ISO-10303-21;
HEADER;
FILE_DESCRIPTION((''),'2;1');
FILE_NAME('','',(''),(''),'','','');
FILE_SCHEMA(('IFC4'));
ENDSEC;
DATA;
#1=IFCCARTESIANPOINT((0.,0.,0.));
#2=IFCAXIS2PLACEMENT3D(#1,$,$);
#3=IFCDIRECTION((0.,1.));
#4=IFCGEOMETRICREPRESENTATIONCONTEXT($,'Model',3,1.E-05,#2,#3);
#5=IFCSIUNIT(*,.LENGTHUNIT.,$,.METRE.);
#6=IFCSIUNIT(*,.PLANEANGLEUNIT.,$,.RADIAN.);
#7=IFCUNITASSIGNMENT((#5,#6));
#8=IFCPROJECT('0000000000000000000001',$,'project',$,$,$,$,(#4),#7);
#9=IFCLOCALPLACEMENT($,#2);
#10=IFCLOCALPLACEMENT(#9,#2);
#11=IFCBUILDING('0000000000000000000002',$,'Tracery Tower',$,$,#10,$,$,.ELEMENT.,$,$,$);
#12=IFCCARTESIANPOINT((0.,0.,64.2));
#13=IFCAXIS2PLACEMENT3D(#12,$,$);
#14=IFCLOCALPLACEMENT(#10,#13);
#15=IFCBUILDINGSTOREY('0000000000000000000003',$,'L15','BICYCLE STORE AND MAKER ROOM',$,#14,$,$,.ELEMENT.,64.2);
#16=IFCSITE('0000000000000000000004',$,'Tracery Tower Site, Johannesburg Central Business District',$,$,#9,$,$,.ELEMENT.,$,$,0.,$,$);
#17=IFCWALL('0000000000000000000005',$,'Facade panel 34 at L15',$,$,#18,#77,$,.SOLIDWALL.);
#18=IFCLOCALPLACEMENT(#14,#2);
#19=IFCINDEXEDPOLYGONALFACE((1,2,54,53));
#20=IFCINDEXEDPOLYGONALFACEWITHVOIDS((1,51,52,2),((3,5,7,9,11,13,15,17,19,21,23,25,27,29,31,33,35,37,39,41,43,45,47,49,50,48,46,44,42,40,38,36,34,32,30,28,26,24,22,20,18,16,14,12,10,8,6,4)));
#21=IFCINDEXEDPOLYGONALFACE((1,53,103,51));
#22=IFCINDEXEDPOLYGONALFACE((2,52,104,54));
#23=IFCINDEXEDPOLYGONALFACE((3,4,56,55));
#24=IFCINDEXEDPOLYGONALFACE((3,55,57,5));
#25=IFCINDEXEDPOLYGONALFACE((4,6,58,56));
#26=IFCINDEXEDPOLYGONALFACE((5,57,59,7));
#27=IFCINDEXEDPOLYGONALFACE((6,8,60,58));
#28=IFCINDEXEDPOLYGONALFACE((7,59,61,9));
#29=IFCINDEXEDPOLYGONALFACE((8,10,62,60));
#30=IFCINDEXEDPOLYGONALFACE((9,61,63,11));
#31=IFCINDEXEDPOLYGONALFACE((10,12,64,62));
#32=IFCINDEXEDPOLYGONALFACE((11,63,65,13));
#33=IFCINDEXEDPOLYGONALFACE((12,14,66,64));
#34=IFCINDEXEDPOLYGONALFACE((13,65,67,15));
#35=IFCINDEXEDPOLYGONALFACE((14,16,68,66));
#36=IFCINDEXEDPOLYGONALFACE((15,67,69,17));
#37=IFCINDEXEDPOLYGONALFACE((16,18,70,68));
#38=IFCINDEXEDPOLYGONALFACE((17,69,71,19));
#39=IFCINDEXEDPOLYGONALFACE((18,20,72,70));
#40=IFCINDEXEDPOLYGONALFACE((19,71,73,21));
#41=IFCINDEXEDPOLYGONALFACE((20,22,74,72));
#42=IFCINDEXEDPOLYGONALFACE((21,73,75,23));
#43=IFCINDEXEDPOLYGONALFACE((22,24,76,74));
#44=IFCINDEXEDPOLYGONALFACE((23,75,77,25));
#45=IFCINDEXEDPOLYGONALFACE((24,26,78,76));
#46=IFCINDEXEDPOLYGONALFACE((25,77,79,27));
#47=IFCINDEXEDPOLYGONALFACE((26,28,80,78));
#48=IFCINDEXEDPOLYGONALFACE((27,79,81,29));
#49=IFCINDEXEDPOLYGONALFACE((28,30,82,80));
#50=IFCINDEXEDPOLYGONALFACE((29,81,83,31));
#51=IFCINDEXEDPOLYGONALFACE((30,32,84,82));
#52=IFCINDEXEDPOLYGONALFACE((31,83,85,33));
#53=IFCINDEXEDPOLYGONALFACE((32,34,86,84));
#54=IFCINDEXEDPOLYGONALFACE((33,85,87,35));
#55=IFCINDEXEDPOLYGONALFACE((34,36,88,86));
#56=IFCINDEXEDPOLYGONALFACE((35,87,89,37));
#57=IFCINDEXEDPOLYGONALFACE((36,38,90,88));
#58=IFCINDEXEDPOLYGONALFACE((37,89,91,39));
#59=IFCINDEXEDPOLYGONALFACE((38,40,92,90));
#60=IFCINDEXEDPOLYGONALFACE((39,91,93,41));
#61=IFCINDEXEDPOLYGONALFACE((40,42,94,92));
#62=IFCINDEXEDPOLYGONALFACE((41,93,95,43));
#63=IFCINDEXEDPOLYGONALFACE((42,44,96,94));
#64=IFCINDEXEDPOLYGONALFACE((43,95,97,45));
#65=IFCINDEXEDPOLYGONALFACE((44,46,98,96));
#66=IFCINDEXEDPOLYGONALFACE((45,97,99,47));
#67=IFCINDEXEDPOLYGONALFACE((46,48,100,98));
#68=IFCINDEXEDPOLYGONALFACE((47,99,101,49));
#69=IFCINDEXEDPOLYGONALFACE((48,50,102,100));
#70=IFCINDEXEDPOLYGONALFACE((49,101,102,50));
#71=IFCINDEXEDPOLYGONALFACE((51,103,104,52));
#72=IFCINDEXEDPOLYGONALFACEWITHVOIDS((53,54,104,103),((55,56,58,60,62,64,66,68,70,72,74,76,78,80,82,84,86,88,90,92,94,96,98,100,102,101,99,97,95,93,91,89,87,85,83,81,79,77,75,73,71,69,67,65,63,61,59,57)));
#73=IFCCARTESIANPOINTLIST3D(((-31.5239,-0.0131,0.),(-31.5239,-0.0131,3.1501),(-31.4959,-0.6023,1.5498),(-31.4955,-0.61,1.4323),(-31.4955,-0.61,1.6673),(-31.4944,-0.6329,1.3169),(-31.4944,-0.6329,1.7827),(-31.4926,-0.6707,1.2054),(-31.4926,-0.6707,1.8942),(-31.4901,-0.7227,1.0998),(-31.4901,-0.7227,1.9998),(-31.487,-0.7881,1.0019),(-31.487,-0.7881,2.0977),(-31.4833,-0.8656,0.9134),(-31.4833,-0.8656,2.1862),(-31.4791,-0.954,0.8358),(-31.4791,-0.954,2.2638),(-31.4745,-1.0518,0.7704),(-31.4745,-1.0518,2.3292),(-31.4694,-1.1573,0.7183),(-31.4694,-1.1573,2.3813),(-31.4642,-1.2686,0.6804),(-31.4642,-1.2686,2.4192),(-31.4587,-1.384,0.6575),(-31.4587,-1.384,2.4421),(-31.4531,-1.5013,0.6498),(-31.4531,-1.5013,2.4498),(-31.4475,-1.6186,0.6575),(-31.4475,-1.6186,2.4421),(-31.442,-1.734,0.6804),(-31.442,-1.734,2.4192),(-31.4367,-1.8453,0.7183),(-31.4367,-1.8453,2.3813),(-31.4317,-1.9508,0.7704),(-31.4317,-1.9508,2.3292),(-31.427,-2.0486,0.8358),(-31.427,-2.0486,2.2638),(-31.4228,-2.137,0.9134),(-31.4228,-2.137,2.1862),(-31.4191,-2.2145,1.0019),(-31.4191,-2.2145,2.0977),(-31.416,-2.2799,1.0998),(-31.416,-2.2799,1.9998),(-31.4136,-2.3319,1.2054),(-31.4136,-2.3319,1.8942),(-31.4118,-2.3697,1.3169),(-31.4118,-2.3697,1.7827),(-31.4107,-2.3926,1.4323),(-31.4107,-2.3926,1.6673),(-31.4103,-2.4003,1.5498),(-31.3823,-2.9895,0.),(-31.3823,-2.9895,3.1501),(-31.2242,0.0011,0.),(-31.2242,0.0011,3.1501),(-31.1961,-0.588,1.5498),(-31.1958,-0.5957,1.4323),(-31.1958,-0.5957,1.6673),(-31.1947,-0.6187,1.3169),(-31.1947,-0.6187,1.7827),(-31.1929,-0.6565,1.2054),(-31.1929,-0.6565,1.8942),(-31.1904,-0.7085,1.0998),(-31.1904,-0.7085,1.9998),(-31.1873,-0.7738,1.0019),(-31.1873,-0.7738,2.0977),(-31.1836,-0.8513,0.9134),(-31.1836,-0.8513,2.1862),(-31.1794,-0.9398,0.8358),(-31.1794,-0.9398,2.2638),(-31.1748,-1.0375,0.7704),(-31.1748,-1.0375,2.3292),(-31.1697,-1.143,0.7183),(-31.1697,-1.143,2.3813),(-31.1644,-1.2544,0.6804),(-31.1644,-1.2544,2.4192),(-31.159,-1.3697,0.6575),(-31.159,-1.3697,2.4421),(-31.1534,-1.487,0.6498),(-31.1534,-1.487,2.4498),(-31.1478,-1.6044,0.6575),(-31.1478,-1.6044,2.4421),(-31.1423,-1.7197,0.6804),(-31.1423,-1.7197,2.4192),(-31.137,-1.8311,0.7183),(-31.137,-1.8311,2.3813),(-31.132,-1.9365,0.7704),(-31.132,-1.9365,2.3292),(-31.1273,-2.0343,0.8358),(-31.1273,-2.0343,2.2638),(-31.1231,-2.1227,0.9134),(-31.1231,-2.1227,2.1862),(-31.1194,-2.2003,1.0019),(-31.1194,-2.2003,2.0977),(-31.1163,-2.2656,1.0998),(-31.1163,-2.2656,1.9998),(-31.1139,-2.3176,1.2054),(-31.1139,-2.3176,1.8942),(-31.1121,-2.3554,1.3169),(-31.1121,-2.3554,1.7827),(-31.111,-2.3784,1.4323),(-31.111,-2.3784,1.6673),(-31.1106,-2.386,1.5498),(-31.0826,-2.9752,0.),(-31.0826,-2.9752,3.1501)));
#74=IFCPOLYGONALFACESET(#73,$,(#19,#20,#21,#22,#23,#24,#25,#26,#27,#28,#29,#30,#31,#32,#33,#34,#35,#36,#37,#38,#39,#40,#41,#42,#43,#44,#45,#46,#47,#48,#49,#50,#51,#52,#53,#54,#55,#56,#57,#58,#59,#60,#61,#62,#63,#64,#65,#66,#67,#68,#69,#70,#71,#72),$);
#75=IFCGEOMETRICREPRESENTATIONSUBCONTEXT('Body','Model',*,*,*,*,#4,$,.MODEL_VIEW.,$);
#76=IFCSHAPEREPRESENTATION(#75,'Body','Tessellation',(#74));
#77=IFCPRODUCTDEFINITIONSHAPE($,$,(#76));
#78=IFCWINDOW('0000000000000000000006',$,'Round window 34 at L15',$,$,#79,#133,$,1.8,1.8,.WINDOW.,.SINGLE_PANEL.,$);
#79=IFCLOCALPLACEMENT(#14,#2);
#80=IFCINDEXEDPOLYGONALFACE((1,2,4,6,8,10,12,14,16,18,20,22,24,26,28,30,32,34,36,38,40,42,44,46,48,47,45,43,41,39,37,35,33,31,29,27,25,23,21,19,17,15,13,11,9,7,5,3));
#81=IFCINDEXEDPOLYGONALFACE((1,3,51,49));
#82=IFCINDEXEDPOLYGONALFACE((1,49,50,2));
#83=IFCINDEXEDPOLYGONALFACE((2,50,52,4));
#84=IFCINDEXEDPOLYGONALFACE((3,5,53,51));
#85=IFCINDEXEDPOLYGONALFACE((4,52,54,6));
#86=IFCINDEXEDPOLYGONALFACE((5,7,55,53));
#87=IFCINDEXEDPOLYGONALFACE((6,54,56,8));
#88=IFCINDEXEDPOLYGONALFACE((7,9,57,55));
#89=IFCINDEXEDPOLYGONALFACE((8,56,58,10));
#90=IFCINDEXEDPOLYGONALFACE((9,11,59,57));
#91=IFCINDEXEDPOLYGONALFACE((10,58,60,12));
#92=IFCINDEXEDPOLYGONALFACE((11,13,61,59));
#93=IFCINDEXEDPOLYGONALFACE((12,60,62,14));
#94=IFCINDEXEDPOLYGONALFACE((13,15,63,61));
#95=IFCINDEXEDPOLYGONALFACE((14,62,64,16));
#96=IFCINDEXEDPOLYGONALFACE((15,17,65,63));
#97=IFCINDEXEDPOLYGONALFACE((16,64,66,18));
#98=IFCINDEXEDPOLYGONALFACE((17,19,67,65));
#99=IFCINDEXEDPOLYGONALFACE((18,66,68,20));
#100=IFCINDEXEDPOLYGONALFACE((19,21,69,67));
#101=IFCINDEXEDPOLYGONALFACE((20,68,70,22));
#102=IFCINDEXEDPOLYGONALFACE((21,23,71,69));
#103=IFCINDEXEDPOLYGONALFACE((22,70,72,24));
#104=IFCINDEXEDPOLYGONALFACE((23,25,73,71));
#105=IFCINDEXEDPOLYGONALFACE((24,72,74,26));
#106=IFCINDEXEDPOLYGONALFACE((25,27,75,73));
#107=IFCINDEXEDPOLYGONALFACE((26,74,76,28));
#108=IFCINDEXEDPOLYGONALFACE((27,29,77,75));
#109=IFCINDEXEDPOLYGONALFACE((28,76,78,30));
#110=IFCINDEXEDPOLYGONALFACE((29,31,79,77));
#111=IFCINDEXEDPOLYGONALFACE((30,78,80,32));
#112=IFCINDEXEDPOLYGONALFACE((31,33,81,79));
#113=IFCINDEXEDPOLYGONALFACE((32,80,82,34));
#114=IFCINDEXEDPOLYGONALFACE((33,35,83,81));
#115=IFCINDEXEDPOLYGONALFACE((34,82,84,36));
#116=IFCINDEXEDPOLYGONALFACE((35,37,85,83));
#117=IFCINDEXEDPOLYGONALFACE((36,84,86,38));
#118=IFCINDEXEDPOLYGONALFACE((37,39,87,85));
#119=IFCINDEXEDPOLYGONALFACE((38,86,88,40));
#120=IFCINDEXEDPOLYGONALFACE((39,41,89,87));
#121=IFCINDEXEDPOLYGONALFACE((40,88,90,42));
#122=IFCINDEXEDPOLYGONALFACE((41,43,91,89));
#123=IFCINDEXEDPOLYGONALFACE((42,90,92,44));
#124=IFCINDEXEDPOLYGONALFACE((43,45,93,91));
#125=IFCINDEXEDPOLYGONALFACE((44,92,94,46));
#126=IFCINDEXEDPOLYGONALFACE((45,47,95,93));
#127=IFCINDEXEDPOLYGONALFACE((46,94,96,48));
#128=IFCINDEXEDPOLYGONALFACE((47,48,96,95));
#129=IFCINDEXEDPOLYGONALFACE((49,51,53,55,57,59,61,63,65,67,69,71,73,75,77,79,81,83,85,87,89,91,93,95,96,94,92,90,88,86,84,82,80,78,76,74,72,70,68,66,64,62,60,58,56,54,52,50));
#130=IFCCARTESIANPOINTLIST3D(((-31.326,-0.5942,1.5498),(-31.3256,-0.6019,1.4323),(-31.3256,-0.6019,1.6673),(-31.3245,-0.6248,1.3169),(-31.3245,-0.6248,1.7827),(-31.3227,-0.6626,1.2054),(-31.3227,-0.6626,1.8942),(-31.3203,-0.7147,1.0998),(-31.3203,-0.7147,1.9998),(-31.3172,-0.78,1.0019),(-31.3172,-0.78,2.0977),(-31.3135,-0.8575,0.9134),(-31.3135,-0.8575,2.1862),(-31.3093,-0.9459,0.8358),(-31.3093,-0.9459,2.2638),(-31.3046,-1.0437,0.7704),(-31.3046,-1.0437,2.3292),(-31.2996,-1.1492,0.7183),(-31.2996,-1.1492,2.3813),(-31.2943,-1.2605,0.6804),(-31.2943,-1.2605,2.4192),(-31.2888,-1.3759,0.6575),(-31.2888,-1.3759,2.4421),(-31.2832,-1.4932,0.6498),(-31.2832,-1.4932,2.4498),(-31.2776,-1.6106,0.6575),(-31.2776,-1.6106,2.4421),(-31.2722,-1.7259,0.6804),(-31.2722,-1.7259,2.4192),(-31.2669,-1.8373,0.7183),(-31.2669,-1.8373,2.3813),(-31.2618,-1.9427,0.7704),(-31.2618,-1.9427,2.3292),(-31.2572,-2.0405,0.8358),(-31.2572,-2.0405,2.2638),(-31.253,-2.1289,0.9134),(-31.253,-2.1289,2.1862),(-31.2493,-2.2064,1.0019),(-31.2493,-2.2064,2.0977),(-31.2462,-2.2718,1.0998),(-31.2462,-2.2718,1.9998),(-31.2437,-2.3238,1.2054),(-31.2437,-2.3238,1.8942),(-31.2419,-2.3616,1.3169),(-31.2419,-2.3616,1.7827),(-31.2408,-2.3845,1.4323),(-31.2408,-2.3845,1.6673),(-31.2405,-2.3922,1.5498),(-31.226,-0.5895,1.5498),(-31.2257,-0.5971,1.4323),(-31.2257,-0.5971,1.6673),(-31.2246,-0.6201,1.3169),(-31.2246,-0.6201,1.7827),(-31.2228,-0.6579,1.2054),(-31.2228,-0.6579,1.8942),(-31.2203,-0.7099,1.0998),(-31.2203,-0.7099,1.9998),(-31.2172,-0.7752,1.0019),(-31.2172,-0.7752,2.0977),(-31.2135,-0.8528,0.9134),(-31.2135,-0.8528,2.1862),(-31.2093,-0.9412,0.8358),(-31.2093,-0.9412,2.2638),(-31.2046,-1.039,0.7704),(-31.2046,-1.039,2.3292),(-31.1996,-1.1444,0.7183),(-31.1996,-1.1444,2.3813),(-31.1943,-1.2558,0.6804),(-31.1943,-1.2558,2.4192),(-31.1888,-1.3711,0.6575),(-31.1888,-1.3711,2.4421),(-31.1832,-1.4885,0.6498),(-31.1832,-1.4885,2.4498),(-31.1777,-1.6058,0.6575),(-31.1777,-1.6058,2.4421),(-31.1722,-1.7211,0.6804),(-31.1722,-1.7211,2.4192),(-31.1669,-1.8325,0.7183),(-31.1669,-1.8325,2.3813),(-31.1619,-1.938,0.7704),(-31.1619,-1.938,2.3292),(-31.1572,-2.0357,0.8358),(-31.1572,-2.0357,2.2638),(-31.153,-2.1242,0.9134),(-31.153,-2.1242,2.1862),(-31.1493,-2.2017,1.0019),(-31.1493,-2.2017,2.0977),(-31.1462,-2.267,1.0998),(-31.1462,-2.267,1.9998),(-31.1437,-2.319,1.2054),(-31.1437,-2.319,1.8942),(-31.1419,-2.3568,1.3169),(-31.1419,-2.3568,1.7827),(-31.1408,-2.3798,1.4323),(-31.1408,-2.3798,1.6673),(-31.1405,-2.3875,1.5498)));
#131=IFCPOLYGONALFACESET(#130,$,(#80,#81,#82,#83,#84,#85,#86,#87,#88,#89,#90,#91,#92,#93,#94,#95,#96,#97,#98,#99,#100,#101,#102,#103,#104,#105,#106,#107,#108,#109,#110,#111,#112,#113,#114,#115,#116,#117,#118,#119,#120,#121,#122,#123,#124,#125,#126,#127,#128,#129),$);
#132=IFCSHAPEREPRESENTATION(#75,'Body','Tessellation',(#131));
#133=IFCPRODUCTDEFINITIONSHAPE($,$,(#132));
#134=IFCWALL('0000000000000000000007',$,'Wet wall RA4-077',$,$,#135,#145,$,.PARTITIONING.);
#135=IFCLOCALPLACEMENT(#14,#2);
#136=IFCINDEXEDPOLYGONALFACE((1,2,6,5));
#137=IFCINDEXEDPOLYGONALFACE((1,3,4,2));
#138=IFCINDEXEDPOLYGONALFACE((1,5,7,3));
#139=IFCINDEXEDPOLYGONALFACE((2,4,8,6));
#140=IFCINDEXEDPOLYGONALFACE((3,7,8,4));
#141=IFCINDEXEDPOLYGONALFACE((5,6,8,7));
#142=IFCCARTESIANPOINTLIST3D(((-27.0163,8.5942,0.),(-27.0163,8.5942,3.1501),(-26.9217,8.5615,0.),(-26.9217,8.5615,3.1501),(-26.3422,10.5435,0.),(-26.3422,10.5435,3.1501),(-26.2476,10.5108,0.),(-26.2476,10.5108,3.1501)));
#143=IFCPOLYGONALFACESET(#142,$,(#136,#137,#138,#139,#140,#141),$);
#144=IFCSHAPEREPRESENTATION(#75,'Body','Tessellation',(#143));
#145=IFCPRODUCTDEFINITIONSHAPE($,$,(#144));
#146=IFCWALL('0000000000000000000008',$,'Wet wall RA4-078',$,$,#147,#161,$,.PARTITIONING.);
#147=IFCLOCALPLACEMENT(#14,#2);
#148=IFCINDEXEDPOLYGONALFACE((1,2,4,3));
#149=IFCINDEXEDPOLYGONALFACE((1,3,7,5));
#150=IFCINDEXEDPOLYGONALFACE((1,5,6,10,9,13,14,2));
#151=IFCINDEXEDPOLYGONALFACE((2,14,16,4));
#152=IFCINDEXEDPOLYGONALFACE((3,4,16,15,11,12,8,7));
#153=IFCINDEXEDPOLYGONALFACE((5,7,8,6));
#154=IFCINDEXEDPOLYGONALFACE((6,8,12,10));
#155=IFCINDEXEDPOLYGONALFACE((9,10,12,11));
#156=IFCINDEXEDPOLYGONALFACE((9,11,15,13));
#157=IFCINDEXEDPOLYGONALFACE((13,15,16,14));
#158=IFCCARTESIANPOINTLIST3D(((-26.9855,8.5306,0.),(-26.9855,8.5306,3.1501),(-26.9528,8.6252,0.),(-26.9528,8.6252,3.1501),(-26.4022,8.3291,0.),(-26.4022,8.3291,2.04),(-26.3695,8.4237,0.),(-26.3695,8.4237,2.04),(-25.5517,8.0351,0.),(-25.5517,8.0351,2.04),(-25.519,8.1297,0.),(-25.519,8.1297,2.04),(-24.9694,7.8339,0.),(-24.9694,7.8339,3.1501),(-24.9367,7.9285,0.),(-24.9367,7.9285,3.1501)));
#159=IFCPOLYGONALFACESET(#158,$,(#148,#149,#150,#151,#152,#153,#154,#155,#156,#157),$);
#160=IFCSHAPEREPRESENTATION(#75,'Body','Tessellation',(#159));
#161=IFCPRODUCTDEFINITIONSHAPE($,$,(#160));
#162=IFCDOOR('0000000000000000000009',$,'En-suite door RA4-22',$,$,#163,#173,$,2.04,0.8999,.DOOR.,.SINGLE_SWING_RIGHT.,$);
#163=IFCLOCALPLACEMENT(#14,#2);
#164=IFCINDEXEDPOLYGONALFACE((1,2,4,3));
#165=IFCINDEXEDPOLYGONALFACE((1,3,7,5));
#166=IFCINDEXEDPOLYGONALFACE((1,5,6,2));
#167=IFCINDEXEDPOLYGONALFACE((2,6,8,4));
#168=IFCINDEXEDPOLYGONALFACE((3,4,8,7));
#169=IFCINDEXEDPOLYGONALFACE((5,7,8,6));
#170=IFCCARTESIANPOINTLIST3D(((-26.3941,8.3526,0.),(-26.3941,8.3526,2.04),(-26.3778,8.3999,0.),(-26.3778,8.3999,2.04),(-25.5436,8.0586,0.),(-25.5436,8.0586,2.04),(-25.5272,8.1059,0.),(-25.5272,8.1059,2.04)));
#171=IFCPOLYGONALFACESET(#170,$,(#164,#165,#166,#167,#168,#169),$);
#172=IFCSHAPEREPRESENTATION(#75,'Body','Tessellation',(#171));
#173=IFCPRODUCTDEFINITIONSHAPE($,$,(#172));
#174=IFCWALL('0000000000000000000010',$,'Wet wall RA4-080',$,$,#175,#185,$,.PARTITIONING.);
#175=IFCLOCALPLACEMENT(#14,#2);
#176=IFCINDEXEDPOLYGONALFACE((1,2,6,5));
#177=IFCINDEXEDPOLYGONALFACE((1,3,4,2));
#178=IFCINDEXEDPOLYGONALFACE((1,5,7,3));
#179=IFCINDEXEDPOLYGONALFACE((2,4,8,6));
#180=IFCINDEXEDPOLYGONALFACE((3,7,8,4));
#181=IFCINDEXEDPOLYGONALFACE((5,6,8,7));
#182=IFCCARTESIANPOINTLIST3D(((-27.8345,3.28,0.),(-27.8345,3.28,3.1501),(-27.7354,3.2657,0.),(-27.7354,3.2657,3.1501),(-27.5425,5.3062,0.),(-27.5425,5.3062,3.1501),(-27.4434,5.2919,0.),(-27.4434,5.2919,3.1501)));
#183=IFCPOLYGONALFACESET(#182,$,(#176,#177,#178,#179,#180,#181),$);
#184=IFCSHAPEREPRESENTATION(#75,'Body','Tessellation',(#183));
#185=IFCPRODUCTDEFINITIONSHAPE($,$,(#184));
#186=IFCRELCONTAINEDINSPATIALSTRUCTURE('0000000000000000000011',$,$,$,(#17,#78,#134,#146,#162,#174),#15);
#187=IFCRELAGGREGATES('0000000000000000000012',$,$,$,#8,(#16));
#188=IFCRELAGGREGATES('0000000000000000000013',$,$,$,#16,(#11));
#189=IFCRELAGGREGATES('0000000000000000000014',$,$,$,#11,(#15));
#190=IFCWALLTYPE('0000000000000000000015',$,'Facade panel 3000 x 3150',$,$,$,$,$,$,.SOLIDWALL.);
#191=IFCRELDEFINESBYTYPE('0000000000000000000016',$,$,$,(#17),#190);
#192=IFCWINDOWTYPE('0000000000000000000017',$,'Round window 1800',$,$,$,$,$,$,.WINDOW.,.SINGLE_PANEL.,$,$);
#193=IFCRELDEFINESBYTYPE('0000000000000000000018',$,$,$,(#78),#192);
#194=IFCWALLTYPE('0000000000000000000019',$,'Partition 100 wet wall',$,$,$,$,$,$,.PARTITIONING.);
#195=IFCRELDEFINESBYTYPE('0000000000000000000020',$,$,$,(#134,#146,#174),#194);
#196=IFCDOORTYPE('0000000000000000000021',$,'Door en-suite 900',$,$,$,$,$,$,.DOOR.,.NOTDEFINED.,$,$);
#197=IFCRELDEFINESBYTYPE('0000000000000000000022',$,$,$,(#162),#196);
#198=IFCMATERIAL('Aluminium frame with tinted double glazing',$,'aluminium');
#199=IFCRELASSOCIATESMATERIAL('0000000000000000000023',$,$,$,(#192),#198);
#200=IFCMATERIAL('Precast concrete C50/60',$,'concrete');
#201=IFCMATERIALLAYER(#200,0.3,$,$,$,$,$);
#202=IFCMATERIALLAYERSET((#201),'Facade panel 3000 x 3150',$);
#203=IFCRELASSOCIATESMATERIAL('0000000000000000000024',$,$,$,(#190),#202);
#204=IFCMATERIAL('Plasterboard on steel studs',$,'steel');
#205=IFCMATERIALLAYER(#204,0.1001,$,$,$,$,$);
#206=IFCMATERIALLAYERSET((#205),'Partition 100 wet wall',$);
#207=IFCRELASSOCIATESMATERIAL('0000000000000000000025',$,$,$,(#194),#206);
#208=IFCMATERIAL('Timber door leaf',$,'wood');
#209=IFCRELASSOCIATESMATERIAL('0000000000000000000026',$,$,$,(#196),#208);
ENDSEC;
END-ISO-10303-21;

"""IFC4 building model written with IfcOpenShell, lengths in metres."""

from ifc_helpers import new_model, si_unit, direction, frame, frame_2d, origin, origin_2d, place, context, subcontext, project, spatial, rectangle, circle, extrude, material, layer, layer_set, type_object, element, fill, save


model = new_model("IFC4")

# Units and contexts
model_context = context("Model", 3, precision=1e-05, world=origin(), true_north=direction((0.0, 1.0)))
body_context = subcontext(model_context, "Body", "Model", "MODEL_VIEW")
ifc_project = project(units=[si_unit("LENGTHUNIT", "METRE"), si_unit("PLANEANGLEUNIT", "RADIAN")], contexts=[model_context])

# Site, building, storey
site_placement = place(None, origin())
site = spatial("IfcSite", under=ifc_project, at=site_placement, Name="Tracery Tower Site, Johannesburg Central Business District", CompositionType="ELEMENT", RefElevation=0.0)
building_placement = place(site_placement, origin())
building = spatial("IfcBuilding", under=site, at=building_placement, Name="Tracery Tower", CompositionType="ELEMENT")
storey_placement = place(building_placement, frame((0.0, 0.0, 64.2)))
storey = spatial("IfcBuildingStorey", under=building, at=storey_placement, Name="L15", Description="BICYCLE STORE AND MAKER ROOM", CompositionType="ELEMENT", Elevation=64.2)

# Wall, opening, window
ifc_material_1 = material(Name="Aluminium frame with tinted double glazing", Category="aluminium")
window_type = type_object("IfcWindowType", Name="Round window 1800", PartitioningType="SINGLE_PANEL", PredefinedType="WINDOW", material=ifc_material_1)
ifc_material_2 = material(Name="Precast concrete C50/60", Category="concrete")
ifc_layer_1 = layer(ifc_material_2, 0.3)
ifc_layer_set_1 = layer_set([ifc_layer_1], Name="Facade panel 3000 x 3150")
wall_type_1 = type_object("IfcWallType", Name="Facade panel 3000 x 3150", PredefinedType="SOLIDWALL", material=ifc_layer_set_1)
wall_1_placement = place(storey_placement, frame((-31.374, -0.0061, 0.0), z_axis=(0.0, 0.0, 1.0), x_axis=(0.047522, -0.99887, 0.0)))
wall_1 = element("IfcWall", 1, at=wall_1_placement, inside=storey, type_object=wall_type_1, Name="Facade panel 34 at L15", PredefinedType="SOLIDWALL", context=body_context, shape_type="SweptSolid", body=[
    extrude(rectangle(XDim=2.9797, YDim=0.3, at=frame_2d((1.4897, 0.0))), origin(), (0.0, 0.0, 1.0), 3.1501),
])
opening_1_placement = place(wall_1_placement, frame((1.4897, 0.0, 1.5498)))
opening_1 = element("IfcOpeningElement", 2, at=opening_1_placement, cuts=wall_1, PredefinedType="OPENING", context=body_context, shape_type="SweptSolid", body=[
    extrude(circle(Radius=0.9, at=origin_2d()), frame((0.0, 0.1599, 0.0), z_axis=(0.0, -1.0, 0.0), x_axis=(1.0, 0.0, 0.0)), (0.0, 0.0, 1.0), 0.3201),
])
window_1_placement = place(opening_1_placement, origin())
window_1 = element("IfcWindow", 3, at=window_1_placement, inside=storey, type_object=window_type, Name="Round window 34 at L15", OverallHeight=1.8, OverallWidth=1.8, PartitioningType="SINGLE_PANEL", PredefinedType="WINDOW", context=body_context, shape_type="SweptSolid", body=[
    extrude(circle(Radius=0.9, at=origin_2d()), frame((0.0, 0.1201, 0.0), z_axis=(0.0, -1.0, 0.0), x_axis=(1.0, 0.0, 0.0)), (0.0, 0.0, 1.0), 0.1001),
])
fill(opening_1, window_1)

# Wall
ifc_material_3 = material(Name="Plasterboard on steel studs", Category="steel")
ifc_layer_2 = layer(ifc_material_3, 0.1001)
ifc_layer_set_2 = layer_set([ifc_layer_2], Name="Partition 100 wet wall")
wall_type_2 = type_object("IfcWallType", Name="Partition 100 wet wall", PredefinedType="PARTITIONING", material=ifc_layer_set_2)
wall_2_placement = place(storey_placement, frame((-26.969, 8.5779, 0.0), z_axis=(0.0, 0.0, 1.0), x_axis=(0.326826, 0.945085, 0.0)))
element("IfcWall", 4, at=wall_2_placement, inside=storey, type_object=wall_type_2, Name="Wet wall RA4-077", PredefinedType="PARTITIONING", context=body_context, shape_type="SweptSolid", body=[
    extrude(rectangle(XDim=2.0625, YDim=0.1001, at=frame_2d((1.0312, 0.0))), origin(), (0.0, 0.0, 1.0), 3.1501),
])

# Wall, opening, door
wall_3_placement = place(storey_placement, frame((-26.969, 8.5779, 0.0), z_axis=(0.0, 0.0, 1.0), x_axis=(0.945147, -0.326647, 0.0)))
wall_3 = element("IfcWall", 5, at=wall_3_placement, inside=storey, type_object=wall_type_2, Name="Wet wall RA4-078", PredefinedType="PARTITIONING", context=body_context, shape_type="SweptSolid", body=[
    extrude(rectangle(XDim=2.1331, YDim=0.1001, at=frame_2d((1.0664, 0.0))), origin(), (0.0, 0.0, 1.0), 3.1501),
])
opening_2_placement = place(wall_3_placement, frame((0.6169, 0.0, 0.0)))
opening_2 = element("IfcOpeningElement", 6, at=opening_2_placement, cuts=wall_3, PredefinedType="OPENING", context=body_context, shape_type="SweptSolid", body=[
    extrude(rectangle(XDim=0.8999, YDim=2.04, at=frame_2d((0.45, 1.02))), frame((0.0, 0.05, 0.0), z_axis=(0.0, -1.0, 0.0), x_axis=(1.0, 0.0, 0.0)), (0.0, 0.0, 1.0), 0.1001),
])
ifc_material_4 = material(Name="Timber door leaf", Category="wood")
door_type_1 = type_object("IfcDoorType", Name="Door en-suite 900", OperationType="NOTDEFINED", PredefinedType="DOOR", material=ifc_material_4)
door_1_placement = place(opening_2_placement, origin())
door_1 = element("IfcDoor", 7, at=door_1_placement, inside=storey, type_object=door_type_1, Name="En-suite door RA4-22", OperationType="SINGLE_SWING_RIGHT", OverallHeight=2.04, OverallWidth=0.8999, PredefinedType="DOOR", context=body_context, shape_type="SweptSolid", body=[
    extrude(rectangle(XDim=0.8999, YDim=2.04, at=frame_2d((0.45, 1.02))), frame((0.0, 0.0249, 0.0), z_axis=(0.0, -1.0, 0.0), x_axis=(1.0, 0.0, 0.0)), (0.0, 0.0, 1.0), 0.05),
])
fill(opening_2, door_1)

# Wall
wall_4_placement = place(storey_placement, frame((-27.7849, 3.2729, 0.0), z_axis=(0.0, 0.0, 1.0), x_axis=(0.14264, 0.989775, 0.0)))
element("IfcWall", 8, at=wall_4_placement, inside=storey, type_object=wall_type_2, Name="Wet wall RA4-080", PredefinedType="PARTITIONING", context=body_context, shape_type="SweptSolid", body=[
    extrude(rectangle(XDim=2.0471, YDim=0.1001, at=frame_2d((1.0234, 0.0))), origin(), (0.0, 0.0, 1.0), 3.1501),
])

save(model, "model.ifc")
